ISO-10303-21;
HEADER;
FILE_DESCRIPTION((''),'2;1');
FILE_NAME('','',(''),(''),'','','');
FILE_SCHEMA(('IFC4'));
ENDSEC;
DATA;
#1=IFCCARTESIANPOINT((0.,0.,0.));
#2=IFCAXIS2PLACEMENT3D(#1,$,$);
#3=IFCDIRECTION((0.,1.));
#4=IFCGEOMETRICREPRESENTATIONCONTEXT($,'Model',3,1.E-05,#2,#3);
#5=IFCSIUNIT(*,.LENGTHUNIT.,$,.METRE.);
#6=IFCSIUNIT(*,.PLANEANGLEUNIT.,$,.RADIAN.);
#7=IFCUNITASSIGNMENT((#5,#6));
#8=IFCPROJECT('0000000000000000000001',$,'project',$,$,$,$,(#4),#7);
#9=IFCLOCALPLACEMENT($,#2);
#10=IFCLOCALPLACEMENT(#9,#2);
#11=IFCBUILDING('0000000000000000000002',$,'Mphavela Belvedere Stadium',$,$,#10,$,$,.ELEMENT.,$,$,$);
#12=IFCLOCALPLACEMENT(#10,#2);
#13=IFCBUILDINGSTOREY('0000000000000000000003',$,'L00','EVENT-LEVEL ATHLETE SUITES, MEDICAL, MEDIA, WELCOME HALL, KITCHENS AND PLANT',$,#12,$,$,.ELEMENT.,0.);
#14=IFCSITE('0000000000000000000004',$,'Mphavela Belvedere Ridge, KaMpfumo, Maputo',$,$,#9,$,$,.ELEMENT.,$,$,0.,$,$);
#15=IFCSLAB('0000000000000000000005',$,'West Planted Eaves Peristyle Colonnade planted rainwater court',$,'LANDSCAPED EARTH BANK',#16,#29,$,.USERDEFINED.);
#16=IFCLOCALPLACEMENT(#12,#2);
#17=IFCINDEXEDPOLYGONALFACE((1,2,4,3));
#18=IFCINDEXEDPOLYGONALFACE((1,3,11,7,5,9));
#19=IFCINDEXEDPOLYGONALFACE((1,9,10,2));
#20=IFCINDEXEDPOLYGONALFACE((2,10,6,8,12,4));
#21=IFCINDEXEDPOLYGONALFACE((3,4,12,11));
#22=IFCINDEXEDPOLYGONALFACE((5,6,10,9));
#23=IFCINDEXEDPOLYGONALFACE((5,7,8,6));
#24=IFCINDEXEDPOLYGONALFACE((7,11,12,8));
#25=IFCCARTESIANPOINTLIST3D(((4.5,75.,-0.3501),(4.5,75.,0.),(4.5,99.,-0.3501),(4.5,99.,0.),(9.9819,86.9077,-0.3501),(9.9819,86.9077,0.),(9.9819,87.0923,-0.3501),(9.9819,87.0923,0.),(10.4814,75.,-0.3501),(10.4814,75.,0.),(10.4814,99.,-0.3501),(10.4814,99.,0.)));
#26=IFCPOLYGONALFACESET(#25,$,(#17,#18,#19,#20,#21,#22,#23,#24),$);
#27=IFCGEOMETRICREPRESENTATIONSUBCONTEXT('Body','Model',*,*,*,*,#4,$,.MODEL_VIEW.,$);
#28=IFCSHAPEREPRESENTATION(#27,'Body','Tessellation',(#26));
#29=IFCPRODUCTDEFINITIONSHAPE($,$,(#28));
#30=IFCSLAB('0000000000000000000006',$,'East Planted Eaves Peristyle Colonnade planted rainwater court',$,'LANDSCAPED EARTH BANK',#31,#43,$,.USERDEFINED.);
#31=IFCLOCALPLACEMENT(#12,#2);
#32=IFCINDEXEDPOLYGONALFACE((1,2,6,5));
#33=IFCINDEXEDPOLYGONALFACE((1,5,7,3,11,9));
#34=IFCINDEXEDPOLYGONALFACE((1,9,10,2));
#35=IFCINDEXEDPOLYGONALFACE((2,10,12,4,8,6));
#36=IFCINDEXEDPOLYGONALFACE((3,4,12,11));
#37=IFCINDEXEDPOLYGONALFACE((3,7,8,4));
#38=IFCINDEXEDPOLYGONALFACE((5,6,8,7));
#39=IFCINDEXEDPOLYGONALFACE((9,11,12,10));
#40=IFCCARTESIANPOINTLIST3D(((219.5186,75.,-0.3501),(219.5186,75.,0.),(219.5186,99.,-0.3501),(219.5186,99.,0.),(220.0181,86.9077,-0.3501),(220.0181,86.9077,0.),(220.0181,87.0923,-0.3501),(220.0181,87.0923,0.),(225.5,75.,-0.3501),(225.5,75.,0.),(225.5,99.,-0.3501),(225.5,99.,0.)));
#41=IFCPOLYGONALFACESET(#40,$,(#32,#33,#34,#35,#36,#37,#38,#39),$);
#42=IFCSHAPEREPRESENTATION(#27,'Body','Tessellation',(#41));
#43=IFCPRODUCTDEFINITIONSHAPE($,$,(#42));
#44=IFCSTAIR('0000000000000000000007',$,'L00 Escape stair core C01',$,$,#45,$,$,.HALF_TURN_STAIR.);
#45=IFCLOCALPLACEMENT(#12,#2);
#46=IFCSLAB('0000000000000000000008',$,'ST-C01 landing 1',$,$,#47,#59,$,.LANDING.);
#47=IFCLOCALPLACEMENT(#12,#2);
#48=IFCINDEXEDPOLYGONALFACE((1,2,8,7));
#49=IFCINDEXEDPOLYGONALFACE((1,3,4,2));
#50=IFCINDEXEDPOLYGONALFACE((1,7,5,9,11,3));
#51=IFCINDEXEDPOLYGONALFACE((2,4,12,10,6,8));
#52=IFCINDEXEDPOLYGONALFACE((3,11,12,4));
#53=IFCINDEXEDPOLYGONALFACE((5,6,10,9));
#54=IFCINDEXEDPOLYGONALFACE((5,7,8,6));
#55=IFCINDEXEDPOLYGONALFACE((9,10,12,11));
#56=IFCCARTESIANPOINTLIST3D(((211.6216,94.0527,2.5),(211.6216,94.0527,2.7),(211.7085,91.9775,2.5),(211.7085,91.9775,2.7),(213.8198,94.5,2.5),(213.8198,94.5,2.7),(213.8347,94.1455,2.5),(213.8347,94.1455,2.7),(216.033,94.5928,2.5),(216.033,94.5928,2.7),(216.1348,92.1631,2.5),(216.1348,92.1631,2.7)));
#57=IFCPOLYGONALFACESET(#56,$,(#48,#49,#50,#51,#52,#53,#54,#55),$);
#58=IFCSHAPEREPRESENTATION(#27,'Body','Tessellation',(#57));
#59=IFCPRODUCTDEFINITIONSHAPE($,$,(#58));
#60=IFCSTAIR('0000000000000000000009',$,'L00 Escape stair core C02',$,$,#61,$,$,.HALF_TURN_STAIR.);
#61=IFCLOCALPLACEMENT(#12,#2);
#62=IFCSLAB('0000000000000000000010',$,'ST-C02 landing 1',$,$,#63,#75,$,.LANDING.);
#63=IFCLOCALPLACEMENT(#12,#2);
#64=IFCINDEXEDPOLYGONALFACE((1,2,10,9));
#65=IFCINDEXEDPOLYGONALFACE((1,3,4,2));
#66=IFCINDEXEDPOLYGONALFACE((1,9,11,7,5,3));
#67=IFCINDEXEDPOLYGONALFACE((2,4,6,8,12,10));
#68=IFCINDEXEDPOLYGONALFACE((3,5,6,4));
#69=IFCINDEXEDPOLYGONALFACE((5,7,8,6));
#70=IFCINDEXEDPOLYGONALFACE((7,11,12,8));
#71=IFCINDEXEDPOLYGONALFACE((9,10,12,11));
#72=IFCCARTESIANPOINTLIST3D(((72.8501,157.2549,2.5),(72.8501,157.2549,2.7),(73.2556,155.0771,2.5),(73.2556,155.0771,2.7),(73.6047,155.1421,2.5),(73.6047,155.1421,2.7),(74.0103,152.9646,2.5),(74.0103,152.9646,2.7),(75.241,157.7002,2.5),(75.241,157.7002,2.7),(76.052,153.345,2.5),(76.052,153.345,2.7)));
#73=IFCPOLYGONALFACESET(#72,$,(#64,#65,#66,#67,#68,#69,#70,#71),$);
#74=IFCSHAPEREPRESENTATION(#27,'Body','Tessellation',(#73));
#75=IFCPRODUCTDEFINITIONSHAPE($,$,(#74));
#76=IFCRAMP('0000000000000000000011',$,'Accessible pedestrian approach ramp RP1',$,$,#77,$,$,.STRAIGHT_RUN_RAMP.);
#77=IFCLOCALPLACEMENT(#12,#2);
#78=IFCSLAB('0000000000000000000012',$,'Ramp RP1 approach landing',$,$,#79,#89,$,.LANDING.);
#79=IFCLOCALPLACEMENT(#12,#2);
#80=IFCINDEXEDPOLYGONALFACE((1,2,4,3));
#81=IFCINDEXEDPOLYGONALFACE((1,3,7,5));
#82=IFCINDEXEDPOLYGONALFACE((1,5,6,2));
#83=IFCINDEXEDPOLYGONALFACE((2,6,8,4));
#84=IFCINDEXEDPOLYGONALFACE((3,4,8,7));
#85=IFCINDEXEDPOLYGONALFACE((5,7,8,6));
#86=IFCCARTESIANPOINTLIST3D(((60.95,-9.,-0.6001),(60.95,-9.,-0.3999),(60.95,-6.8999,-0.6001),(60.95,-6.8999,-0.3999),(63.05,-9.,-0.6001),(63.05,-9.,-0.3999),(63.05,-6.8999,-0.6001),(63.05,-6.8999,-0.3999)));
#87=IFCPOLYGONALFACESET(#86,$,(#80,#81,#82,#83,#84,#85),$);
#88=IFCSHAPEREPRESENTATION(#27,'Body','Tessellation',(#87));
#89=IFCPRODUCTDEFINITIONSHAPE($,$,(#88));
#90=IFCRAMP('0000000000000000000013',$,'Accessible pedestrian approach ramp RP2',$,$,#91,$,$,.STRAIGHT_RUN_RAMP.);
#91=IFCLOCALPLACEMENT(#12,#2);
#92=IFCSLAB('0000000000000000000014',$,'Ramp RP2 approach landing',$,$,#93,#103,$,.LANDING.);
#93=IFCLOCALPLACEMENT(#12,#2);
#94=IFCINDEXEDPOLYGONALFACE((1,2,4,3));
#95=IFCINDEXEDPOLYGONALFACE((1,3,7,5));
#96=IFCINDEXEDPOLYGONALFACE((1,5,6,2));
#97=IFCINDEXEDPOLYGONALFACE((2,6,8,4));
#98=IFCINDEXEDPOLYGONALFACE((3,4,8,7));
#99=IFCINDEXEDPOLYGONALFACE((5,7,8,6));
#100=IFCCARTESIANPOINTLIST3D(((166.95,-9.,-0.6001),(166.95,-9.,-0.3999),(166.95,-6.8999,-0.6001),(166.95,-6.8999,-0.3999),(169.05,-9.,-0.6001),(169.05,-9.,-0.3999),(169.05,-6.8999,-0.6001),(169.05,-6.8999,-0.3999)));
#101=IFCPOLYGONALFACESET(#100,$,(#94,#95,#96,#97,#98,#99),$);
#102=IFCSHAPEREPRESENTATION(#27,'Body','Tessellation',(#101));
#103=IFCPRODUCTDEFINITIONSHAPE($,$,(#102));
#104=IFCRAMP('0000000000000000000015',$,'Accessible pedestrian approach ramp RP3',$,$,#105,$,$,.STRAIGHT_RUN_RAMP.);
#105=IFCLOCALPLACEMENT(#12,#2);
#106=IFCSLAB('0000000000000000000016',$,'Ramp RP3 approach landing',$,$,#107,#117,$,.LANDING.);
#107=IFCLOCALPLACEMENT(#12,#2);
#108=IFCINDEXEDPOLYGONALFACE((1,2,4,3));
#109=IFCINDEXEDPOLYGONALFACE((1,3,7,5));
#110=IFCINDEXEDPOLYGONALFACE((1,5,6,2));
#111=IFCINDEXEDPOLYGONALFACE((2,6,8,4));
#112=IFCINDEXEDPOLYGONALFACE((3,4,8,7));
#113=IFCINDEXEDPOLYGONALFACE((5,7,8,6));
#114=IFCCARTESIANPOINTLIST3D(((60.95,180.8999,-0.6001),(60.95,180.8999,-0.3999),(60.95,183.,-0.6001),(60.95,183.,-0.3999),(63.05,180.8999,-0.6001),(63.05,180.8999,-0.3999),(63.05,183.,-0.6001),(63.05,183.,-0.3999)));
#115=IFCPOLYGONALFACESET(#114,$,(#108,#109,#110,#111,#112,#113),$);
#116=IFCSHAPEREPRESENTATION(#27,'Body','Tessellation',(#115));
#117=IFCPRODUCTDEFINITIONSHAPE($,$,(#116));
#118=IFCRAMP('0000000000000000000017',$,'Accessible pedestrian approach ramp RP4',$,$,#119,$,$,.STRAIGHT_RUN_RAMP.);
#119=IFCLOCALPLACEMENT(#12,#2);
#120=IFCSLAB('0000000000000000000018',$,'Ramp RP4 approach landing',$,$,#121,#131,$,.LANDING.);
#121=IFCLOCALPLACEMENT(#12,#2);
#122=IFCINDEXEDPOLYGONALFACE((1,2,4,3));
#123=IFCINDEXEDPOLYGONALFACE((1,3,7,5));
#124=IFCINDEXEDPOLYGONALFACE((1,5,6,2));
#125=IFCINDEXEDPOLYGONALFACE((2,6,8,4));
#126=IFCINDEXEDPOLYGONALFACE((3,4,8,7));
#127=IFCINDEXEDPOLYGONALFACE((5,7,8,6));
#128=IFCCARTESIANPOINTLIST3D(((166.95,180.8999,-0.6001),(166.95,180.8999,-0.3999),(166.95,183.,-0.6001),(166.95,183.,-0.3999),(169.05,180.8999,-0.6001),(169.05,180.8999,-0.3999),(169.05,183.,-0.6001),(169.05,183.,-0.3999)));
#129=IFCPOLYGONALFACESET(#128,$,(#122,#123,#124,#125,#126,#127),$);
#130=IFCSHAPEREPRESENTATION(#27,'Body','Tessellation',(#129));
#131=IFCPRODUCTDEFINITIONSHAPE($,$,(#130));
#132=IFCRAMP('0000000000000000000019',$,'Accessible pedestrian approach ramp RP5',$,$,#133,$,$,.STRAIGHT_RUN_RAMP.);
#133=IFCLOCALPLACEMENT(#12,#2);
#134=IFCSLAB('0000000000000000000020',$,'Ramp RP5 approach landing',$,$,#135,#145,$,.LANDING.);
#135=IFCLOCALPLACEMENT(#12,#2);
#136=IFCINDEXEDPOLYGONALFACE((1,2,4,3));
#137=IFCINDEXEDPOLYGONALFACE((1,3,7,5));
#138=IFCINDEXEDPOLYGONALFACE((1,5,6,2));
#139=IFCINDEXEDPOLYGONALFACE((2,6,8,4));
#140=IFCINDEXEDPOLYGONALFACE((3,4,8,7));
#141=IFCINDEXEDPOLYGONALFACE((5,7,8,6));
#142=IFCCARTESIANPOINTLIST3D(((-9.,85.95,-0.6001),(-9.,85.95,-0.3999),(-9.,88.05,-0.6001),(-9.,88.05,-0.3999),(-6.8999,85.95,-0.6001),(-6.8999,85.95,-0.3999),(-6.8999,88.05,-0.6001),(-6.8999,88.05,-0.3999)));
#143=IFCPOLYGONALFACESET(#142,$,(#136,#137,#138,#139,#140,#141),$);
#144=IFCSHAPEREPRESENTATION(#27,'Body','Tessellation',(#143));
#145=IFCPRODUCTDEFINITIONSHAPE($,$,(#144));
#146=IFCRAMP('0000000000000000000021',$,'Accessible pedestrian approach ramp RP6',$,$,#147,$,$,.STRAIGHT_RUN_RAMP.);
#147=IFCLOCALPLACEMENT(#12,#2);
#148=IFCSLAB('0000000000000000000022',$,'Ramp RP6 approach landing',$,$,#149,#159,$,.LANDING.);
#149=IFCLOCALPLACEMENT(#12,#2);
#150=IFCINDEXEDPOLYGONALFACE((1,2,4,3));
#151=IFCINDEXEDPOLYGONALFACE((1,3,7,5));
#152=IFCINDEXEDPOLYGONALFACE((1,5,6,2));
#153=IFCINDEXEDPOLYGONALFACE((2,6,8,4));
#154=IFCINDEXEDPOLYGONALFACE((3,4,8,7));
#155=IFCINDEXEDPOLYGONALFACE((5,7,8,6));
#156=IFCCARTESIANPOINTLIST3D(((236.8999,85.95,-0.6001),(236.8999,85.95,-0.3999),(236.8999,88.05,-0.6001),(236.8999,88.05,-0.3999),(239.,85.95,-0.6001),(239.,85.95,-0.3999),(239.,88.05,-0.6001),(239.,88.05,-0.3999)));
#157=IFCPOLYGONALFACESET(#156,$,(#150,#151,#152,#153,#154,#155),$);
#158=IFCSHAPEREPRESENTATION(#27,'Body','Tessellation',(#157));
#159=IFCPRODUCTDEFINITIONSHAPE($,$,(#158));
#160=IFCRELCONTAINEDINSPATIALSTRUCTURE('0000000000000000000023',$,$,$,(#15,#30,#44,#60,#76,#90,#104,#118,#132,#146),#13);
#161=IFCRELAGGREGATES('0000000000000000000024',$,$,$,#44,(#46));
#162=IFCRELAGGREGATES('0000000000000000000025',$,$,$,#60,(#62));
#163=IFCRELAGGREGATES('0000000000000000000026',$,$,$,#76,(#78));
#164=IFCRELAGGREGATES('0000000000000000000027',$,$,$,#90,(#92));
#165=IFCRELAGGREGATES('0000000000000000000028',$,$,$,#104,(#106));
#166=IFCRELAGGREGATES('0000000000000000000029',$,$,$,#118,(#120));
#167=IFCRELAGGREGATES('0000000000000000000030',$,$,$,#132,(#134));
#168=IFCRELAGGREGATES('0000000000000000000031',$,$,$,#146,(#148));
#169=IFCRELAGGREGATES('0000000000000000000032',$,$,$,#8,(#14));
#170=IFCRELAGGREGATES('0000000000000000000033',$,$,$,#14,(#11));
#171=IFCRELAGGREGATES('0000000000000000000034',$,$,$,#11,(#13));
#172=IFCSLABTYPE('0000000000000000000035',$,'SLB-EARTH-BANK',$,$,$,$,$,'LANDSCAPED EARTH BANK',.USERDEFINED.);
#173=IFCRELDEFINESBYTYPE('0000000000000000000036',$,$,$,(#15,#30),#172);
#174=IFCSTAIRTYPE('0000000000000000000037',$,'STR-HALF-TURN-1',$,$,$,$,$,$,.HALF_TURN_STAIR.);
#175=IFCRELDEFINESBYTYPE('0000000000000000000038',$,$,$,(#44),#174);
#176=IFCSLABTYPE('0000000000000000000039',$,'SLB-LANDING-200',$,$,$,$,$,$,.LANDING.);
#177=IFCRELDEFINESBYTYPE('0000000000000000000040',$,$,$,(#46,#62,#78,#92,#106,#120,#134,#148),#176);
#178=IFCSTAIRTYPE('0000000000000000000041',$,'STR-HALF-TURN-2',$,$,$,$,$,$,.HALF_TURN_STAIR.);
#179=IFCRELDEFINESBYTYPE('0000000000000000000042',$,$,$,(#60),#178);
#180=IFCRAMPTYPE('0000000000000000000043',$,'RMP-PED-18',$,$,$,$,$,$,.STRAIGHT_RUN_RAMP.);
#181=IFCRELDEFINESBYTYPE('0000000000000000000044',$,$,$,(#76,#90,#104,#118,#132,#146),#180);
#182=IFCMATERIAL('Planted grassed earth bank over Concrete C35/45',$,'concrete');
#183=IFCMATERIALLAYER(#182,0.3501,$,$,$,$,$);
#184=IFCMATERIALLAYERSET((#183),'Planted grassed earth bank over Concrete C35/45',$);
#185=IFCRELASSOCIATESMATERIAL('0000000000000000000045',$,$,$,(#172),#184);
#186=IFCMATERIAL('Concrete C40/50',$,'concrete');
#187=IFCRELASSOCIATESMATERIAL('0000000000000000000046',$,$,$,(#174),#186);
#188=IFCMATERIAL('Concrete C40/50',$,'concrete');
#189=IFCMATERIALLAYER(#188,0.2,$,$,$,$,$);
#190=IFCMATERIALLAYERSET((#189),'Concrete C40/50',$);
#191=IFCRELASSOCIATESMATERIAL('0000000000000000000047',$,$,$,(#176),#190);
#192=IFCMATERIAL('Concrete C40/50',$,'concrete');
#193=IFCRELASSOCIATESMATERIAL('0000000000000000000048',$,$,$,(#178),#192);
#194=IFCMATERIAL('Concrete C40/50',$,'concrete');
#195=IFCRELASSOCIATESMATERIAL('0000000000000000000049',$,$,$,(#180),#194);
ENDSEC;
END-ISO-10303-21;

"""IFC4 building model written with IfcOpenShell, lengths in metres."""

from ifc_helpers import new_model, si_unit, direction, frame, origin, place, context, subcontext, project, spatial, polyline, outline, extrude, material, layer, layer_set, type_object, element, aggregate, save


model = new_model("IFC4")

# Units and contexts
model_context = context("Model", 3, precision=1e-05, world=origin(), true_north=direction((0.0, 1.0)))
body_context = subcontext(model_context, "Body", "Model", "MODEL_VIEW")
ifc_project = project(units=[si_unit("LENGTHUNIT", "METRE"), si_unit("PLANEANGLEUNIT", "RADIAN")], contexts=[model_context])

# Site, building, storey
site_placement = place(None, origin())
site = spatial("IfcSite", under=ifc_project, at=site_placement, Name="Mphavela Belvedere Ridge, KaMpfumo, Maputo", CompositionType="ELEMENT", RefElevation=0.0)
building_placement = place(site_placement, origin())
building = spatial("IfcBuilding", under=site, at=building_placement, Name="Mphavela Belvedere Stadium", CompositionType="ELEMENT")
storey_placement = place(building_placement, origin())
storey = spatial("IfcBuildingStorey", under=building, at=storey_placement, Name="L00", Description="EVENT-LEVEL ATHLETE SUITES, MEDICAL, MEDIA, WELCOME HALL, KITCHENS AND PLANT", CompositionType="ELEMENT", Elevation=0.0)

# Slabs
ifc_material_1 = material(Name="Planted grassed earth bank over Concrete C35/45", Category="concrete")
ifc_layer_1 = layer(ifc_material_1, 0.3501)
ifc_layer_set_1 = layer_set([ifc_layer_1], Name="Planted grassed earth bank over Concrete C35/45")
slab_type_1 = type_object("IfcSlabType", Name="SLB-EARTH-BANK", ElementType="LANDSCAPED EARTH BANK", PredefinedType="USERDEFINED", material=ifc_layer_set_1)
slab_1_placement = place(storey_placement, frame((0.0, 0.0, -0.3501)))
element("IfcSlab", 1, at=slab_1_placement, inside=storey, type_object=slab_type_1, Name="West Planted Eaves Peristyle Colonnade planted rainwater court", ObjectType="LANDSCAPED EARTH BANK", PredefinedType="USERDEFINED", context=body_context, shape_type="SweptSolid", body=[
    extrude(outline(polyline([(4.5, 99.0), (10.4814, 99.0), (9.9819, 87.0923), (9.9819, 86.9077), (10.4814, 75.0), (4.5, 75.0), (4.5, 99.0)])), origin(), (0.0, 0.0, 1.0), 0.3501),
])
slab_2_placement = place(storey_placement, frame((0.0, 0.0, -0.3501)))
element("IfcSlab", 2, at=slab_2_placement, inside=storey, type_object=slab_type_1, Name="East Planted Eaves Peristyle Colonnade planted rainwater court", ObjectType="LANDSCAPED EARTH BANK", PredefinedType="USERDEFINED", context=body_context, shape_type="SweptSolid", body=[
    extrude(outline(polyline([(225.5, 75.0), (219.5186, 75.0), (220.0181, 86.9077), (220.0181, 87.0923), (219.5186, 99.0), (225.5, 99.0), (225.5, 75.0)])), origin(), (0.0, 0.0, 1.0), 0.3501),
])

# Stairs, slabs
ifc_material_2 = material(Name="Concrete C40/50", Category="concrete")
stair_type_1 = type_object("IfcStairType", Name="STR-HALF-TURN-1", PredefinedType="HALF_TURN_STAIR", material=ifc_material_2)
stair_1_placement = place(storey_placement, origin())
stair_1 = element("IfcStair", 3, at=stair_1_placement, inside=storey, type_object=stair_type_1, Name="L00 Escape stair core C01", PredefinedType="HALF_TURN_STAIR")
ifc_material_3 = material(Name="Concrete C40/50", Category="concrete")
ifc_layer_2 = layer(ifc_material_3, 0.2)
ifc_layer_set_2 = layer_set([ifc_layer_2], Name="Concrete C40/50")
slab_type_2 = type_object("IfcSlabType", Name="SLB-LANDING-200", PredefinedType="LANDING", material=ifc_layer_set_2)
slab_3_placement = place(storey_placement, frame((0.0, 0.0, 2.5)))
slab_3 = element("IfcSlab", 4, at=slab_3_placement, type_object=slab_type_2, Name="ST-C01 landing 1", PredefinedType="LANDING", context=body_context, shape_type="SweptSolid", body=[
    extrude(outline(polyline([(211.6216, 94.0527), (211.7085, 91.9775), (216.1348, 92.1631), (216.033, 94.5928), (213.8198, 94.5), (213.8347, 94.1455), (211.6216, 94.0527)])), origin(), (0.0, 0.0, 1.0), 0.2),
])
aggregate(stair_1, [slab_3])
ifc_material_4 = material(Name="Concrete C40/50", Category="concrete")
stair_type_2 = type_object("IfcStairType", Name="STR-HALF-TURN-2", PredefinedType="HALF_TURN_STAIR", material=ifc_material_4)
stair_2_placement = place(storey_placement, origin())
stair_2 = element("IfcStair", 5, at=stair_2_placement, inside=storey, type_object=stair_type_2, Name="L00 Escape stair core C02", PredefinedType="HALF_TURN_STAIR")
slab_4_placement = place(storey_placement, frame((0.0, 0.0, 2.5)))
slab_4 = element("IfcSlab", 6, at=slab_4_placement, type_object=slab_type_2, Name="ST-C02 landing 1", PredefinedType="LANDING", context=body_context, shape_type="SweptSolid", body=[
    extrude(outline(polyline([(74.0103, 152.9646), (76.052, 153.345), (75.241, 157.7002), (72.8501, 157.2549), (73.2556, 155.0771), (73.6047, 155.1421), (74.0103, 152.9646)])), origin(), (0.0, 0.0, 1.0), 0.2),
])
aggregate(stair_2, [slab_4])

# Ramps, slabs
ifc_material_5 = material(Name="Concrete C40/50", Category="concrete")
ramp_type = type_object("IfcRampType", Name="RMP-PED-18", PredefinedType="STRAIGHT_RUN_RAMP", material=ifc_material_5)
ramp_1_placement = place(storey_placement, origin())
ramp_1 = element("IfcRamp", 7, at=ramp_1_placement, inside=storey, type_object=ramp_type, Name="Accessible pedestrian approach ramp RP1", PredefinedType="STRAIGHT_RUN_RAMP")
slab_5_placement = place(storey_placement, frame((0.0, 0.0, -0.6001)))
slab_5 = element("IfcSlab", 8, at=slab_5_placement, type_object=slab_type_2, Name="Ramp RP1 approach landing", PredefinedType="LANDING", context=body_context, shape_type="SweptSolid", body=[
    extrude(outline(polyline([(63.05, -9.0), (63.05, -6.8999), (60.95, -6.8999), (60.95, -9.0), (63.05, -9.0)])), origin(), (0.0, 0.0, 1.0), 0.2002),
])
aggregate(ramp_1, [slab_5])
ramp_2_placement = place(storey_placement, origin())
ramp_2 = element("IfcRamp", 9, at=ramp_2_placement, inside=storey, type_object=ramp_type, Name="Accessible pedestrian approach ramp RP2", PredefinedType="STRAIGHT_RUN_RAMP")
slab_6_placement = place(storey_placement, frame((0.0, 0.0, -0.6001)))
slab_6 = element("IfcSlab", 10, at=slab_6_placement, type_object=slab_type_2, Name="Ramp RP2 approach landing", PredefinedType="LANDING", context=body_context, shape_type="SweptSolid", body=[
    extrude(outline(polyline([(169.05, -9.0), (169.05, -6.8999), (166.95, -6.8999), (166.95, -9.0), (169.05, -9.0)])), origin(), (0.0, 0.0, 1.0), 0.2002),
])
aggregate(ramp_2, [slab_6])
ramp_3_placement = place(storey_placement, origin())
ramp_3 = element("IfcRamp", 11, at=ramp_3_placement, inside=storey, type_object=ramp_type, Name="Accessible pedestrian approach ramp RP3", PredefinedType="STRAIGHT_RUN_RAMP")
slab_7_placement = place(storey_placement, frame((0.0, 0.0, -0.6001)))
slab_7 = element("IfcSlab", 12, at=slab_7_placement, type_object=slab_type_2, Name="Ramp RP3 approach landing", PredefinedType="LANDING", context=body_context, shape_type="SweptSolid", body=[
    extrude(outline(polyline([(60.95, 183.0), (60.95, 180.8999), (63.05, 180.8999), (63.05, 183.0), (60.95, 183.0)])), origin(), (0.0, 0.0, 1.0), 0.2002),
])
aggregate(ramp_3, [slab_7])
ramp_4_placement = place(storey_placement, origin())
ramp_4 = element("IfcRamp", 13, at=ramp_4_placement, inside=storey, type_object=ramp_type, Name="Accessible pedestrian approach ramp RP4", PredefinedType="STRAIGHT_RUN_RAMP")
slab_8_placement = place(storey_placement, frame((0.0, 0.0, -0.6001)))
slab_8 = element("IfcSlab", 14, at=slab_8_placement, type_object=slab_type_2, Name="Ramp RP4 approach landing", PredefinedType="LANDING", context=body_context, shape_type="SweptSolid", body=[
    extrude(outline(polyline([(166.95, 183.0), (166.95, 180.8999), (169.05, 180.8999), (169.05, 183.0), (166.95, 183.0)])), origin(), (0.0, 0.0, 1.0), 0.2002),
])
aggregate(ramp_4, [slab_8])
ramp_5_placement = place(storey_placement, origin())
ramp_5 = element("IfcRamp", 15, at=ramp_5_placement, inside=storey, type_object=ramp_type, Name="Accessible pedestrian approach ramp RP5", PredefinedType="STRAIGHT_RUN_RAMP")
slab_9_placement = place(storey_placement, frame((0.0, 0.0, -0.6001)))
slab_9 = element("IfcSlab", 16, at=slab_9_placement, type_object=slab_type_2, Name="Ramp RP5 approach landing", PredefinedType="LANDING", context=body_context, shape_type="SweptSolid", body=[
    extrude(outline(polyline([(-9.0, 85.95), (-6.8999, 85.95), (-6.8999, 88.05), (-9.0, 88.05), (-9.0, 85.95)])), origin(), (0.0, 0.0, 1.0), 0.2002),
])
aggregate(ramp_5, [slab_9])
ramp_6_placement = place(storey_placement, origin())
ramp_6 = element("IfcRamp", 17, at=ramp_6_placement, inside=storey, type_object=ramp_type, Name="Accessible pedestrian approach ramp RP6", PredefinedType="STRAIGHT_RUN_RAMP")
slab_10_placement = place(storey_placement, frame((0.0, 0.0, -0.6001)))
slab_10 = element("IfcSlab", 18, at=slab_10_placement, type_object=slab_type_2, Name="Ramp RP6 approach landing", PredefinedType="LANDING", context=body_context, shape_type="SweptSolid", body=[
    extrude(outline(polyline([(239.0, 88.05), (236.8999, 88.05), (236.8999, 85.95), (239.0, 85.95), (239.0, 88.05)])), origin(), (0.0, 0.0, 1.0), 0.2002),
])
aggregate(ramp_6, [slab_10])

save(model, "model.ifc")
